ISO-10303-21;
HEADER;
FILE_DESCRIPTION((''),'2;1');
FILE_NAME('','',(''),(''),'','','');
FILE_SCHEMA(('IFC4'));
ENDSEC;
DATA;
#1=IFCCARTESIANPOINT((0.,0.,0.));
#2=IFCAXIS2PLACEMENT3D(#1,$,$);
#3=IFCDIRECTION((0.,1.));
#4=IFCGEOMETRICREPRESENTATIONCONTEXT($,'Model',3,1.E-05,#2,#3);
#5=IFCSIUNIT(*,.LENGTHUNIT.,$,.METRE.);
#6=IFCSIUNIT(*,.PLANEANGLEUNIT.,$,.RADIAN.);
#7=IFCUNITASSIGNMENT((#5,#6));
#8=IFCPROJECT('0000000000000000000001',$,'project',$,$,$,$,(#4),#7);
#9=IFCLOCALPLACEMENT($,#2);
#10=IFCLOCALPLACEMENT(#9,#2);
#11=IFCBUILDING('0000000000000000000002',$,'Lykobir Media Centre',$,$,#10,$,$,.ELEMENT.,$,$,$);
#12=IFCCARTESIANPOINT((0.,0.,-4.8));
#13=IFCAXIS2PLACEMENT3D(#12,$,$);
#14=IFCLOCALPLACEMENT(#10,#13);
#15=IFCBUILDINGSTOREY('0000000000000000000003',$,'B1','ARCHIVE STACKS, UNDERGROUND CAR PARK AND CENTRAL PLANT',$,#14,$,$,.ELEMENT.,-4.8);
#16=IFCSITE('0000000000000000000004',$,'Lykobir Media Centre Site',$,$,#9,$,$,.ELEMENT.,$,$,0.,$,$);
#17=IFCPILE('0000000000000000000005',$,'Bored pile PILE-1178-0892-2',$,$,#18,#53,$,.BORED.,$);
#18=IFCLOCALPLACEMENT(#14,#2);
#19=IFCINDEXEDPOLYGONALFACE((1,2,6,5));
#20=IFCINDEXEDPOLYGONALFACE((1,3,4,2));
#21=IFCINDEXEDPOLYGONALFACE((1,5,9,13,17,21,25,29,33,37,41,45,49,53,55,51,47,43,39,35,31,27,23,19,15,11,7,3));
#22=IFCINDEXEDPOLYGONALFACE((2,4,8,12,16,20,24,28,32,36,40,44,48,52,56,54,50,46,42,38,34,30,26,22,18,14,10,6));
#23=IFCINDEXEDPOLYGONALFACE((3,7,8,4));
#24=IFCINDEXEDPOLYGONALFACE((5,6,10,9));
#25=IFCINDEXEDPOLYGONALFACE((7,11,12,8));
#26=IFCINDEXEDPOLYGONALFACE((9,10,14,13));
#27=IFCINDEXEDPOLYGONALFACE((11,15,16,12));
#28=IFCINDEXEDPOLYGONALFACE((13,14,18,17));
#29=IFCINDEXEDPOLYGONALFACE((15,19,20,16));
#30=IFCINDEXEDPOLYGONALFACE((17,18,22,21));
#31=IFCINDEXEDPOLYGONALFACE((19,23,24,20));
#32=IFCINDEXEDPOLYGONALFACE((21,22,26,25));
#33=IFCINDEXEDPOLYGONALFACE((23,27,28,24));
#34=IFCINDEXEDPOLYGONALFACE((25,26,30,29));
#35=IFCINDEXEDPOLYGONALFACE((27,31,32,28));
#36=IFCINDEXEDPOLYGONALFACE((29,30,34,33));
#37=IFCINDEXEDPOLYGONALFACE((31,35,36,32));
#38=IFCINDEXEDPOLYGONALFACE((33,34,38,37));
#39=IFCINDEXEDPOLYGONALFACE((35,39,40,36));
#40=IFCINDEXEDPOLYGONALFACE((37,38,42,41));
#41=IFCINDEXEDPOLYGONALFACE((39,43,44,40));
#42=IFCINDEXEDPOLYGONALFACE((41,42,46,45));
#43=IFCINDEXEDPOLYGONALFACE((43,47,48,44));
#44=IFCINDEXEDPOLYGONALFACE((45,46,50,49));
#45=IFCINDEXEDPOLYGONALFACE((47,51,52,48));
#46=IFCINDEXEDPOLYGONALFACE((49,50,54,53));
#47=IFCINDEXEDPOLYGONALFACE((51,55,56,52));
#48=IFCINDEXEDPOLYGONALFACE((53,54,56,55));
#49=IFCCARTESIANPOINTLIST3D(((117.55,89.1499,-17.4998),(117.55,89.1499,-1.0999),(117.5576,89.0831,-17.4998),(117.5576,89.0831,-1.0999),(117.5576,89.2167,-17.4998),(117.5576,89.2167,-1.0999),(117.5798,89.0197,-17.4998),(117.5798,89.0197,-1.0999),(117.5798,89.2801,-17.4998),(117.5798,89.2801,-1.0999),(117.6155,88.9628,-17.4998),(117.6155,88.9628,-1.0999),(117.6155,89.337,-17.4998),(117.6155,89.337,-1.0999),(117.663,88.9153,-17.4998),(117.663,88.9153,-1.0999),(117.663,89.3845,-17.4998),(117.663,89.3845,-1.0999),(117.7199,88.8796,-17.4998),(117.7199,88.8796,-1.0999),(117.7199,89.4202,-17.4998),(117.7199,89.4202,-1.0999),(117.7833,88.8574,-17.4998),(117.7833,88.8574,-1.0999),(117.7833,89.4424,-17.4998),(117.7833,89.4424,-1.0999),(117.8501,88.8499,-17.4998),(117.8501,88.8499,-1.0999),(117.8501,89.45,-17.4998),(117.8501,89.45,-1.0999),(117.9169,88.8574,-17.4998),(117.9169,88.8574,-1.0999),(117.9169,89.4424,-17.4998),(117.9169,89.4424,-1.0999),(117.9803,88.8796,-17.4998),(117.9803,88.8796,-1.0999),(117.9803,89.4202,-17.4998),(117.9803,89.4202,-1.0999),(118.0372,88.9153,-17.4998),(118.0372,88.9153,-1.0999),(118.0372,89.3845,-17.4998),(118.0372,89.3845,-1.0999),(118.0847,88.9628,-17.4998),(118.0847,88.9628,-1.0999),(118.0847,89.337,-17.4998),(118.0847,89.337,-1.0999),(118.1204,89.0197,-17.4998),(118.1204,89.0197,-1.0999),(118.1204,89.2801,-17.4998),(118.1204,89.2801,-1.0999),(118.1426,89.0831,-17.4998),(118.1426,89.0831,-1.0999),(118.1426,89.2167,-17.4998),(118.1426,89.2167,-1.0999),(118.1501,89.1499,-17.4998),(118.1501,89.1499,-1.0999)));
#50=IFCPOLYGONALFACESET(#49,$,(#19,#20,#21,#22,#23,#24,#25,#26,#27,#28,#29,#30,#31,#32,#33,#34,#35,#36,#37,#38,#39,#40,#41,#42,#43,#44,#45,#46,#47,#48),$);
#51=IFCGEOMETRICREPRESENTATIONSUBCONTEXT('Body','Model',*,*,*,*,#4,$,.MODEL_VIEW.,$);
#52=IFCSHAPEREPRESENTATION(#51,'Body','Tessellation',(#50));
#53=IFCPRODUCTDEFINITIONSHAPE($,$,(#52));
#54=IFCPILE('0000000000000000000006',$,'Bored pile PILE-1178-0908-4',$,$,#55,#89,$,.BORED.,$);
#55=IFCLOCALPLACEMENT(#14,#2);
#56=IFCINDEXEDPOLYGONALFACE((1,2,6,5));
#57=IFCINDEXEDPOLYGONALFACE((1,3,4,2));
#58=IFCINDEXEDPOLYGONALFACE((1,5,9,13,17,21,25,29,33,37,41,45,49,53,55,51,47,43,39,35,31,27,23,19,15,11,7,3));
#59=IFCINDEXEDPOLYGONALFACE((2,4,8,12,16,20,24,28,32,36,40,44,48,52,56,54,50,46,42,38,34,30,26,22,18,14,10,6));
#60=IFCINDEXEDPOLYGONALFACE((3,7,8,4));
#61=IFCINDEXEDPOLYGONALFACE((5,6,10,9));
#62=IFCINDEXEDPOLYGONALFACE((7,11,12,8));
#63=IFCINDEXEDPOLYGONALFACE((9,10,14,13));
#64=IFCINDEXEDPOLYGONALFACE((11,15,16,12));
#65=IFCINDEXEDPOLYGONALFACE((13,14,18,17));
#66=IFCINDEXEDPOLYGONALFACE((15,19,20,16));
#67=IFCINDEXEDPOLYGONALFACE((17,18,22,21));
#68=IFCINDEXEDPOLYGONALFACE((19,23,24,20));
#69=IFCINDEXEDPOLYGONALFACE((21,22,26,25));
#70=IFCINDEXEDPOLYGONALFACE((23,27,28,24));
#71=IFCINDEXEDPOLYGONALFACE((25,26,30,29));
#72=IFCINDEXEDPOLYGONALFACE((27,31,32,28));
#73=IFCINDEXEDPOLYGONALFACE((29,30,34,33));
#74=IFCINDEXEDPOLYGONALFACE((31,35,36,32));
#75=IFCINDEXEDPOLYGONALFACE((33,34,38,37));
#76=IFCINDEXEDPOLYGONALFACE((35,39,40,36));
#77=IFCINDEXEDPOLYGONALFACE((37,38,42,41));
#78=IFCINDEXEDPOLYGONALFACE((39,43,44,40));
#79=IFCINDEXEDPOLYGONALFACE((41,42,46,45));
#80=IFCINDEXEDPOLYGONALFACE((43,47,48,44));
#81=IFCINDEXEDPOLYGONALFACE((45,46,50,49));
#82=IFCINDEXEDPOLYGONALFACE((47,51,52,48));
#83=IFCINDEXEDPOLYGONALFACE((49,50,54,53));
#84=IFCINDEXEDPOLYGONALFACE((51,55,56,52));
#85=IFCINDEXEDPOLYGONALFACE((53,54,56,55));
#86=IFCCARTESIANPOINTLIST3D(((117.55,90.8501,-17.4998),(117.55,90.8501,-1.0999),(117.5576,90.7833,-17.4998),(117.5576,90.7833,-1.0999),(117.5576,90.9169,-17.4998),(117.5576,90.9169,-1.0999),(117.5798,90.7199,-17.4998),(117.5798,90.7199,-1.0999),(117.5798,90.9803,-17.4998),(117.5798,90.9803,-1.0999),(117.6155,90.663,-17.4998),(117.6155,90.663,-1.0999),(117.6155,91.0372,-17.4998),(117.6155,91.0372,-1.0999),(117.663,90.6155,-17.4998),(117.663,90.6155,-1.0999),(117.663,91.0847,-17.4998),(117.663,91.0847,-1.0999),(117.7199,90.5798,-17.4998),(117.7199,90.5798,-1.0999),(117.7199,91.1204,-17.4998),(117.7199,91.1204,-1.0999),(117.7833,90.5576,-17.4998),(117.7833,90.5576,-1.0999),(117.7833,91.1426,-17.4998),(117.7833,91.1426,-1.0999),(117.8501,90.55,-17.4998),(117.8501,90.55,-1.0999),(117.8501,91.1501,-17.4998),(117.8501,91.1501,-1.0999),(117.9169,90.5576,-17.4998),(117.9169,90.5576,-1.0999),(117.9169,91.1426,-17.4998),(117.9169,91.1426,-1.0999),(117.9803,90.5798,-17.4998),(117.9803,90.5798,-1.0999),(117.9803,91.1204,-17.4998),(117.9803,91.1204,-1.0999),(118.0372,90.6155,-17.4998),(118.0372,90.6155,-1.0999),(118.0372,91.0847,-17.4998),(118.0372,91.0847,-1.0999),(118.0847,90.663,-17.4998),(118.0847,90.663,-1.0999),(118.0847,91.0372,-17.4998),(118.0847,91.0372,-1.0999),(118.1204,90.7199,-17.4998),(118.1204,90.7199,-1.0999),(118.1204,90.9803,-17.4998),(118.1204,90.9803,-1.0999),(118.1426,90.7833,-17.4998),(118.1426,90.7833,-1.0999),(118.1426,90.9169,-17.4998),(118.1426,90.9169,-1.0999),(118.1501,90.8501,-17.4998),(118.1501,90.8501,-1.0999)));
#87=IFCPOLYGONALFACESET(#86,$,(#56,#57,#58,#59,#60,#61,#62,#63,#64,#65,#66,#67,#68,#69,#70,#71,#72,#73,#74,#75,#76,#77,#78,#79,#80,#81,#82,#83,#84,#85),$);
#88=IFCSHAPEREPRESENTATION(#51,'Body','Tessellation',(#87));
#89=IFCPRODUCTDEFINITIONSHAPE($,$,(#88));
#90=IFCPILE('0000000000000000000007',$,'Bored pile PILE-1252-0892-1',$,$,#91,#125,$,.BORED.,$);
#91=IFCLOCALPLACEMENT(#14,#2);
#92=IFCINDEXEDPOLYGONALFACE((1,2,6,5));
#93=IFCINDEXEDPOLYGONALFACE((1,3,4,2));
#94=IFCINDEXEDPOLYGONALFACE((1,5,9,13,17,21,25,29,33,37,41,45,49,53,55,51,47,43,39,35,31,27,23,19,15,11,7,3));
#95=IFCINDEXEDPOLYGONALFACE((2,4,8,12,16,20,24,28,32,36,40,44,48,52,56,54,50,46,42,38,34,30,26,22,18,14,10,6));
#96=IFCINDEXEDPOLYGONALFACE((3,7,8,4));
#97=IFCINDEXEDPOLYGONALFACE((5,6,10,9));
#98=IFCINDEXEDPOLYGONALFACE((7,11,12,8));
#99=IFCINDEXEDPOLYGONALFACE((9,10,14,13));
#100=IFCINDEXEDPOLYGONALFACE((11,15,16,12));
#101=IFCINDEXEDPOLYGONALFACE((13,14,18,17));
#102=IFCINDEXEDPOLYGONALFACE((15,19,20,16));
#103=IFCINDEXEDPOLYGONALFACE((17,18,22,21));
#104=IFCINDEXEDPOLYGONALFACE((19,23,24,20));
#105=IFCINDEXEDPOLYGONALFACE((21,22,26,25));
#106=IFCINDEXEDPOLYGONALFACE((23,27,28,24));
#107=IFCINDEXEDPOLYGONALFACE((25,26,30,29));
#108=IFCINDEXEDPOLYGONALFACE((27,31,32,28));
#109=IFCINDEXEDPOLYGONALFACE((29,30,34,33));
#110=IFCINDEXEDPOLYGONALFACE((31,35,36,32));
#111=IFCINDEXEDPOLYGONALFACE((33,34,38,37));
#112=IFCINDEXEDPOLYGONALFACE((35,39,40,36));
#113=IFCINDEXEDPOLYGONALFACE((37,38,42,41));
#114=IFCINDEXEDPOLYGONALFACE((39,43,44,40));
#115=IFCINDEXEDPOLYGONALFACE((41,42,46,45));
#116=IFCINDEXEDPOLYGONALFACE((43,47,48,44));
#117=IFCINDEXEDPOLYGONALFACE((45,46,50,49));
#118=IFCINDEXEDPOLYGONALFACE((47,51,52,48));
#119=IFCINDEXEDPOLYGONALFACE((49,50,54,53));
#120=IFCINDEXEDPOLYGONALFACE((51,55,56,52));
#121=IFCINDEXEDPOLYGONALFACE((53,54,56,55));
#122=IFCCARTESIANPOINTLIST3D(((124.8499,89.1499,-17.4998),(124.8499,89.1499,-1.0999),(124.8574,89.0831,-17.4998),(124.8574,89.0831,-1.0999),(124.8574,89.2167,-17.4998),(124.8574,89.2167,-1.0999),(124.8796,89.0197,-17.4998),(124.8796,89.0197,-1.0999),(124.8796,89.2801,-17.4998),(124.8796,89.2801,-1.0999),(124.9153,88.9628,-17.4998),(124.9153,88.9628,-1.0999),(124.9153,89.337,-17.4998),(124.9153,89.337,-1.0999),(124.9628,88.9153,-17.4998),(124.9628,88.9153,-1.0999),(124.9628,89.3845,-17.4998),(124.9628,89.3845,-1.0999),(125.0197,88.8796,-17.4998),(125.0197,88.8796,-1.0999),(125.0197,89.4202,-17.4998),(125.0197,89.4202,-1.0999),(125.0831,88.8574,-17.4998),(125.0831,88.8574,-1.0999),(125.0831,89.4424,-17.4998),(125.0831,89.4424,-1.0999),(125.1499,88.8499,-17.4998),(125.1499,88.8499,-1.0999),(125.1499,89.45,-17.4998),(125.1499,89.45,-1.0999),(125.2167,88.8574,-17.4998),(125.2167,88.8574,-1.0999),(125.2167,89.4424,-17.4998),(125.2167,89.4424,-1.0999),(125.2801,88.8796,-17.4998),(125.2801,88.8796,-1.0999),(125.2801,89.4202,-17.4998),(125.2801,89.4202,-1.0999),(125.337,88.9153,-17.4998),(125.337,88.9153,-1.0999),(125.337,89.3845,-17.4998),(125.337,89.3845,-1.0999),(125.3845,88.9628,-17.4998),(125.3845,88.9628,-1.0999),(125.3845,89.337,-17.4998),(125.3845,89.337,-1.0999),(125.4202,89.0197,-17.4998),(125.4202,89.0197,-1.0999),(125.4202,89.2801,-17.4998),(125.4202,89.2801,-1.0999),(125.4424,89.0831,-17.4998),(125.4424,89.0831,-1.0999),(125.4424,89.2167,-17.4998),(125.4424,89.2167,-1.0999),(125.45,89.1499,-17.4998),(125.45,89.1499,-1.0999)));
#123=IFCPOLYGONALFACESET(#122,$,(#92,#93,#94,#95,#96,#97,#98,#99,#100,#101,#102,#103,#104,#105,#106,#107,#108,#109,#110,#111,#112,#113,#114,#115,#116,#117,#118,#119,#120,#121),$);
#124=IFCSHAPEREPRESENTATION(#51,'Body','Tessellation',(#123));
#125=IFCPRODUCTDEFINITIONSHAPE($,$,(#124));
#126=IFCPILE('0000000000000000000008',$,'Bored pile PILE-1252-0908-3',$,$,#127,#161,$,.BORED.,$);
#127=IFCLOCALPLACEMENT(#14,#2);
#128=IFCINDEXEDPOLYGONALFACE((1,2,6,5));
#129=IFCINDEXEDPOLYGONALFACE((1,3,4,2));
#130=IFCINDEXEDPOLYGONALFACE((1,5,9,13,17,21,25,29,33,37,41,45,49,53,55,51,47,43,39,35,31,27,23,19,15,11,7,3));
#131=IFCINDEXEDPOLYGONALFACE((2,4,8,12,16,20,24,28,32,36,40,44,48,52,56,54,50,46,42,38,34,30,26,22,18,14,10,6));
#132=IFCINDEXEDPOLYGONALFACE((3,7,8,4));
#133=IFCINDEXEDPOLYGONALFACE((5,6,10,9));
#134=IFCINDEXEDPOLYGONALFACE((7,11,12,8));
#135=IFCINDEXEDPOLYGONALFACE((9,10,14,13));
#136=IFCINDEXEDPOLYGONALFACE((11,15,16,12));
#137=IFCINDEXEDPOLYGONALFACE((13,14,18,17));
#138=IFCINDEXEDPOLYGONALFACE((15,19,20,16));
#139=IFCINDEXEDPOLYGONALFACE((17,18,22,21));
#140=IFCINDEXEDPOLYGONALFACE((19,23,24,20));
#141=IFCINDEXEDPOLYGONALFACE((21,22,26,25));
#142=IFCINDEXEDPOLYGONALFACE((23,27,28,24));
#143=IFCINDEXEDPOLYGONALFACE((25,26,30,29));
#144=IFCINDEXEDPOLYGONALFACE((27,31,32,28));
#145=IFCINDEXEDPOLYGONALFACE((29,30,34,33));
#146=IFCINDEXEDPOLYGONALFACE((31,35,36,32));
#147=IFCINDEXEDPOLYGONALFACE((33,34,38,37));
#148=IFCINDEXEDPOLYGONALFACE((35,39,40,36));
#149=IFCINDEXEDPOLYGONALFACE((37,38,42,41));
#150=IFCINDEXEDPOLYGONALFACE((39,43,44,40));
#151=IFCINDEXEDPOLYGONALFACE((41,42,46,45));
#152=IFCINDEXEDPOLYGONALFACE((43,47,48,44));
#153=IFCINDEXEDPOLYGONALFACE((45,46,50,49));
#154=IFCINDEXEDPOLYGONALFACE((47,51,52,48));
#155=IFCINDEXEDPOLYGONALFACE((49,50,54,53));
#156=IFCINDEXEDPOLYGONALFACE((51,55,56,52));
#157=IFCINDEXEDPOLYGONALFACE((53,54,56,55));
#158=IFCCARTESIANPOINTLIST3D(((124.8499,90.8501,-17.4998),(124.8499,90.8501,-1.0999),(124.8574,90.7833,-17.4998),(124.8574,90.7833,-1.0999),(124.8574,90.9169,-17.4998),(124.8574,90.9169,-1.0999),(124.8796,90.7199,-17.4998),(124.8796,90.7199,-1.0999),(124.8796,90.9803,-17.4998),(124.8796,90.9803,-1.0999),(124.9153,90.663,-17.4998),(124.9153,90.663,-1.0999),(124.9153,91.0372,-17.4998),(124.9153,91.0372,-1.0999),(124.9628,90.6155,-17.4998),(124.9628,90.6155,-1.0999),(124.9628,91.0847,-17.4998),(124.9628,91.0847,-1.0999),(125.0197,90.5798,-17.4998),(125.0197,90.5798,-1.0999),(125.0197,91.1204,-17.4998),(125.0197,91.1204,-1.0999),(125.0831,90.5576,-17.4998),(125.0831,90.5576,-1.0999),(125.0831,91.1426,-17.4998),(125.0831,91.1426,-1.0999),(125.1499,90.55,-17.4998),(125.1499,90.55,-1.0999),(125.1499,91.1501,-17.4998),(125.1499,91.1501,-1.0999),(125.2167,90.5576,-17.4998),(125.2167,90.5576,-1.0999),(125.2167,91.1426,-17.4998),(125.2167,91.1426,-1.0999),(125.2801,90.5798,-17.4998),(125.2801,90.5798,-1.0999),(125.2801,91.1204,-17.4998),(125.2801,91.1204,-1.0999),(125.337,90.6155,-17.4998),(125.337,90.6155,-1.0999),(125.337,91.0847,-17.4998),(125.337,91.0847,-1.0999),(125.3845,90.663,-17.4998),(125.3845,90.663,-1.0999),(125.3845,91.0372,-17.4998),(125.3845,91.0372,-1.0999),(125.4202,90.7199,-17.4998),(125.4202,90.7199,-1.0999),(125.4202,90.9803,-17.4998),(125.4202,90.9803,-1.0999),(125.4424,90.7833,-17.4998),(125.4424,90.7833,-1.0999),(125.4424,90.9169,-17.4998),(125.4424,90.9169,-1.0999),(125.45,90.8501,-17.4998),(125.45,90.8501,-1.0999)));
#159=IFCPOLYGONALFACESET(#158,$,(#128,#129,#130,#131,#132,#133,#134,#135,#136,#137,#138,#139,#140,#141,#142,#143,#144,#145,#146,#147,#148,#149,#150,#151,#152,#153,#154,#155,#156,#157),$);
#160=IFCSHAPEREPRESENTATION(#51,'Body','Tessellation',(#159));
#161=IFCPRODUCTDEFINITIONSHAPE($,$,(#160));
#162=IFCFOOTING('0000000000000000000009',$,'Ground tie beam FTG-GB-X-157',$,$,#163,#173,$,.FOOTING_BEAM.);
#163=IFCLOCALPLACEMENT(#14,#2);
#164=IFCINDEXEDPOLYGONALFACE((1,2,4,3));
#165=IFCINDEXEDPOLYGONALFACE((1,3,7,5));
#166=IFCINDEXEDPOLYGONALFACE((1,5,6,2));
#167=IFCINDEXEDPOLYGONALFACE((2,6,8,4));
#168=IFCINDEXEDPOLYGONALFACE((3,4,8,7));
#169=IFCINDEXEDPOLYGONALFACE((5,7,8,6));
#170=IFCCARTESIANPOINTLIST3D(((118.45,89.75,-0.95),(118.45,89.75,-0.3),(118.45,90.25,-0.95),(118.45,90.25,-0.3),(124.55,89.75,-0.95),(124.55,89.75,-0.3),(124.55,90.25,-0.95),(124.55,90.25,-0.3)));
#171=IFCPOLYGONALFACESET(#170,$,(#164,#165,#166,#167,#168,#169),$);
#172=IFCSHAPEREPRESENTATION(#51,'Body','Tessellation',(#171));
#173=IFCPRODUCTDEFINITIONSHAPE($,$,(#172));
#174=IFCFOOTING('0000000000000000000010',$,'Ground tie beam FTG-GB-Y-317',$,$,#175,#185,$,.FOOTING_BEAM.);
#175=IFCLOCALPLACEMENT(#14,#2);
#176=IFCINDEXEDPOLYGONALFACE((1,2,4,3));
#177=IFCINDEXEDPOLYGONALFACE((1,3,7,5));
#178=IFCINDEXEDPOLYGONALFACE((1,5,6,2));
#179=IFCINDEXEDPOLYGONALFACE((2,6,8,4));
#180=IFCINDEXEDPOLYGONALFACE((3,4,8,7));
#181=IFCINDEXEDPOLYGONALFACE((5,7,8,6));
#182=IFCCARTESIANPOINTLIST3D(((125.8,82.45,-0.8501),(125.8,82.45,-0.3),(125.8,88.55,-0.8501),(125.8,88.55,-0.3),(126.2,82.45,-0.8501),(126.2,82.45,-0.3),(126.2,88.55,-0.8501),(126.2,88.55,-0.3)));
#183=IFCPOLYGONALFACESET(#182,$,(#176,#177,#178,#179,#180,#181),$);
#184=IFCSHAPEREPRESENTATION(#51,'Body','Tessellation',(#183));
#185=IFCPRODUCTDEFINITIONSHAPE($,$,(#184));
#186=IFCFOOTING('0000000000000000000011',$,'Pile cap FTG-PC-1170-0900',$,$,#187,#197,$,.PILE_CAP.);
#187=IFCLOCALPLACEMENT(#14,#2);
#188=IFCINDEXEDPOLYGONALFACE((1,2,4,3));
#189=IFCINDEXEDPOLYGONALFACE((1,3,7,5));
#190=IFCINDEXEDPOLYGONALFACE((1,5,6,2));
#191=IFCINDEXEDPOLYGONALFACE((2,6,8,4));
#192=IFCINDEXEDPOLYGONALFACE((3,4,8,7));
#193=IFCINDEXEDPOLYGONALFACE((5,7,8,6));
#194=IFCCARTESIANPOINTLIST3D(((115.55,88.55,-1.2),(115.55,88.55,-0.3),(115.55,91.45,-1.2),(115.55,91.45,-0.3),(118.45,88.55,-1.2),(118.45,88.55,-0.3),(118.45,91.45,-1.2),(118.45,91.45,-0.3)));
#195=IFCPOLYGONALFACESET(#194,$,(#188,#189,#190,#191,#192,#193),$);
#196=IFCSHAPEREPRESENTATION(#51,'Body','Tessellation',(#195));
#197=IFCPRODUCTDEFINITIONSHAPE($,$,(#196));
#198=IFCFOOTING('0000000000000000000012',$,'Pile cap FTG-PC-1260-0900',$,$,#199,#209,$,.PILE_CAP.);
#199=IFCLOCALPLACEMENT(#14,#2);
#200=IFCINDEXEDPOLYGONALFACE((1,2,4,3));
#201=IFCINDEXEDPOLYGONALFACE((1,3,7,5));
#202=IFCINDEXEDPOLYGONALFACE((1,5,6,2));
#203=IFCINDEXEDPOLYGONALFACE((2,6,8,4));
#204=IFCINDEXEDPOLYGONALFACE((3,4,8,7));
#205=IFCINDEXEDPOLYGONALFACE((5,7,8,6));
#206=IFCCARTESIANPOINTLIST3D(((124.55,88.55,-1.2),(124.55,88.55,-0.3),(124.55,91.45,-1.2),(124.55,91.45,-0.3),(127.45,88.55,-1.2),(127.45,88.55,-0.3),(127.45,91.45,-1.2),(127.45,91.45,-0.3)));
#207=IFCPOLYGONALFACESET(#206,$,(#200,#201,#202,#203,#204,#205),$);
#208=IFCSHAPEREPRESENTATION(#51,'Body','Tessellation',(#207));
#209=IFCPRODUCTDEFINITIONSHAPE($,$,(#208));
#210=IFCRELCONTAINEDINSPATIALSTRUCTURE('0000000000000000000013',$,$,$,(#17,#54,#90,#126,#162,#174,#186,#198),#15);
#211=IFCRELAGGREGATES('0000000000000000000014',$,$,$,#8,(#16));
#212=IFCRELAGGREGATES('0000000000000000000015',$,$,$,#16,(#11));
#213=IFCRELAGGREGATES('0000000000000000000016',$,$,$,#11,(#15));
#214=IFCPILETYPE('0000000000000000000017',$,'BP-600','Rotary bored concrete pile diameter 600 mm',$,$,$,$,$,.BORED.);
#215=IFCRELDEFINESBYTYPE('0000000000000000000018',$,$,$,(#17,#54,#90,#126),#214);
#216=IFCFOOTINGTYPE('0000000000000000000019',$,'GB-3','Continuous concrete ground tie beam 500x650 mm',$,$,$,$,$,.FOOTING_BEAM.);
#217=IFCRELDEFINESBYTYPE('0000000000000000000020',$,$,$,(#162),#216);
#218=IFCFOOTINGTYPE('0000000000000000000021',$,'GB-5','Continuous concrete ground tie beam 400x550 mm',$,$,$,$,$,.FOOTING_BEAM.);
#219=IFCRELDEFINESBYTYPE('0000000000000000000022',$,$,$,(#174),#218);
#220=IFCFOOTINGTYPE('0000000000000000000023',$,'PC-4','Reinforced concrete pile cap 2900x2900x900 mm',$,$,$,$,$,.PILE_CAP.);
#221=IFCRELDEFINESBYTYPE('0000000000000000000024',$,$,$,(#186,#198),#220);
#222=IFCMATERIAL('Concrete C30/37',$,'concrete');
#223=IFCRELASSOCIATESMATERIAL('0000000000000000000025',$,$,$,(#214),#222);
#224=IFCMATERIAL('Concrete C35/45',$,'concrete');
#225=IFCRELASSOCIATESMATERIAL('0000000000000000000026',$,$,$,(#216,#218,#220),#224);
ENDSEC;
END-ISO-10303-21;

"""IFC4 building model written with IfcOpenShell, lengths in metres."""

from ifc_helpers import new_model, si_unit, direction, frame, origin, origin_2d, place, context, subcontext, project, spatial, rectangle, circle, extrude, material, material_profile, profile_set, type_object, element, save


model = new_model("IFC4")

# Units and contexts
model_context = context("Model", 3, precision=1e-05, world=origin(), true_north=direction((0.0, 1.0)))
body_context = subcontext(model_context, "Body", "Model", "MODEL_VIEW")
ifc_project = project(units=[si_unit("LENGTHUNIT", "METRE"), si_unit("PLANEANGLEUNIT", "RADIAN")], contexts=[model_context])

# Site, building, storey
site_placement = place(None, origin())
site = spatial("IfcSite", under=ifc_project, at=site_placement, Name="Lykobir Media Centre Site", CompositionType="ELEMENT", RefElevation=0.0)
building_placement = place(site_placement, origin())
building = spatial("IfcBuilding", under=site, at=building_placement, Name="Lykobir Media Centre", CompositionType="ELEMENT")
storey_placement = place(building_placement, frame((0.0, 0.0, -4.8)))
storey = spatial("IfcBuildingStorey", under=building, at=storey_placement, Name="B1", Description="ARCHIVE STACKS, UNDERGROUND CAR PARK AND CENTRAL PLANT", CompositionType="ELEMENT", Elevation=-4.8)

# Piles
ifc_material_1 = material(Name="Concrete C30/37", Category="concrete")
ifc_material_profile_1 = material_profile(ifc_material_1, circle(Radius=0.3, at=origin_2d()), Name="BORED PILE D600")
ifc_profile_set_1 = profile_set([ifc_material_profile_1], Name="Concrete C30/37")
pile_type = type_object("IfcPileType", Name="BP-600", Description="Rotary bored concrete pile diameter 600 mm", PredefinedType="BORED", material=ifc_profile_set_1)
for number, where, z_axis, x_axis, name in (
    (1, (117.8501, 89.1499, -1.0999), (0.0, 0.0, -1.0), (1.0, 0.0, 0.0), "Bored pile PILE-1178-0892-2"),
    (2, (117.8501, 90.8501, -1.0999), (0.0, 0.0, -1.0), (1.0, 0.0, 0.0), "Bored pile PILE-1178-0908-4"),
    (3, (125.1499, 89.1499, -1.0999), (0.0, 0.0, -1.0), (1.0, 0.0, 0.0), "Bored pile PILE-1252-0892-1"),
    (4, (125.1499, 90.8501, -1.0999), (0.0, 0.0, -1.0), (1.0, 0.0, 0.0), "Bored pile PILE-1252-0908-3"),
):
    element("IfcPile", number, at=place(storey_placement, frame(where, z_axis=z_axis, x_axis=x_axis)), inside=storey, type_object=pile_type, Name=name, PredefinedType="BORED", context=body_context, shape_type="SweptSolid", body=[
        extrude(circle(Radius=0.3, at=origin_2d()), origin(), (0.0, 0.0, 1.0), 16.3999),
    ])

# Footings
ifc_material_2 = material(Name="Concrete C35/45", Category="concrete")
footing_type_1 = type_object("IfcFootingType", Name="GB-3", Description="Continuous concrete ground tie beam 500x650 mm", PredefinedType="FOOTING_BEAM", material=ifc_material_2)
footing_1_placement = place(storey_placement, frame((121.5, 90.0, -0.95), z_axis=(0.0, 0.0, 1.0), x_axis=(1.0, 0.0, 0.0)))
element("IfcFooting", 5, at=footing_1_placement, inside=storey, type_object=footing_type_1, Name="Ground tie beam FTG-GB-X-157", PredefinedType="FOOTING_BEAM", context=body_context, shape_type="SweptSolid", body=[
    extrude(rectangle(XDim=6.1001, YDim=0.5, at=origin_2d()), origin(), (0.0, 0.0, 1.0), 0.6499),
])
footing_type_2 = type_object("IfcFootingType", Name="GB-5", Description="Continuous concrete ground tie beam 400x550 mm", PredefinedType="FOOTING_BEAM", material=ifc_material_2)
footing_2_placement = place(storey_placement, frame((126.0, 85.5, -0.8501), z_axis=(0.0, 0.0, 1.0), x_axis=(0.0, 1.0, 0.0)))
element("IfcFooting", 6, at=footing_2_placement, inside=storey, type_object=footing_type_2, Name="Ground tie beam FTG-GB-Y-317", PredefinedType="FOOTING_BEAM", context=body_context, shape_type="SweptSolid", body=[
    extrude(rectangle(XDim=6.1001, YDim=0.3999, at=origin_2d()), origin(), (0.0, 0.0, 1.0), 0.55),
])
footing_type_3 = type_object("IfcFootingType", Name="PC-4", Description="Reinforced concrete pile cap 2900x2900x900 mm", PredefinedType="PILE_CAP", material=ifc_material_2)
for number, where, z_axis, x_axis, name in (
    (7, (117.0, 90.0, -1.2), (0.0, 0.0, 1.0), (1.0, 0.0, 0.0), "Pile cap FTG-PC-1170-0900"),
    (8, (126.0, 90.0, -1.2), (0.0, 0.0, 1.0), (1.0, 0.0, 0.0), "Pile cap FTG-PC-1260-0900"),
):
    element("IfcFooting", number, at=place(storey_placement, frame(where, z_axis=z_axis, x_axis=x_axis)), inside=storey, type_object=footing_type_3, Name=name, PredefinedType="PILE_CAP", context=body_context, shape_type="SweptSolid", body=[
        extrude(rectangle(XDim=2.8999, YDim=2.8999, at=origin_2d()), origin(), (0.0, 0.0, 1.0), 0.8999),
    ])

save(model, "model.ifc")
